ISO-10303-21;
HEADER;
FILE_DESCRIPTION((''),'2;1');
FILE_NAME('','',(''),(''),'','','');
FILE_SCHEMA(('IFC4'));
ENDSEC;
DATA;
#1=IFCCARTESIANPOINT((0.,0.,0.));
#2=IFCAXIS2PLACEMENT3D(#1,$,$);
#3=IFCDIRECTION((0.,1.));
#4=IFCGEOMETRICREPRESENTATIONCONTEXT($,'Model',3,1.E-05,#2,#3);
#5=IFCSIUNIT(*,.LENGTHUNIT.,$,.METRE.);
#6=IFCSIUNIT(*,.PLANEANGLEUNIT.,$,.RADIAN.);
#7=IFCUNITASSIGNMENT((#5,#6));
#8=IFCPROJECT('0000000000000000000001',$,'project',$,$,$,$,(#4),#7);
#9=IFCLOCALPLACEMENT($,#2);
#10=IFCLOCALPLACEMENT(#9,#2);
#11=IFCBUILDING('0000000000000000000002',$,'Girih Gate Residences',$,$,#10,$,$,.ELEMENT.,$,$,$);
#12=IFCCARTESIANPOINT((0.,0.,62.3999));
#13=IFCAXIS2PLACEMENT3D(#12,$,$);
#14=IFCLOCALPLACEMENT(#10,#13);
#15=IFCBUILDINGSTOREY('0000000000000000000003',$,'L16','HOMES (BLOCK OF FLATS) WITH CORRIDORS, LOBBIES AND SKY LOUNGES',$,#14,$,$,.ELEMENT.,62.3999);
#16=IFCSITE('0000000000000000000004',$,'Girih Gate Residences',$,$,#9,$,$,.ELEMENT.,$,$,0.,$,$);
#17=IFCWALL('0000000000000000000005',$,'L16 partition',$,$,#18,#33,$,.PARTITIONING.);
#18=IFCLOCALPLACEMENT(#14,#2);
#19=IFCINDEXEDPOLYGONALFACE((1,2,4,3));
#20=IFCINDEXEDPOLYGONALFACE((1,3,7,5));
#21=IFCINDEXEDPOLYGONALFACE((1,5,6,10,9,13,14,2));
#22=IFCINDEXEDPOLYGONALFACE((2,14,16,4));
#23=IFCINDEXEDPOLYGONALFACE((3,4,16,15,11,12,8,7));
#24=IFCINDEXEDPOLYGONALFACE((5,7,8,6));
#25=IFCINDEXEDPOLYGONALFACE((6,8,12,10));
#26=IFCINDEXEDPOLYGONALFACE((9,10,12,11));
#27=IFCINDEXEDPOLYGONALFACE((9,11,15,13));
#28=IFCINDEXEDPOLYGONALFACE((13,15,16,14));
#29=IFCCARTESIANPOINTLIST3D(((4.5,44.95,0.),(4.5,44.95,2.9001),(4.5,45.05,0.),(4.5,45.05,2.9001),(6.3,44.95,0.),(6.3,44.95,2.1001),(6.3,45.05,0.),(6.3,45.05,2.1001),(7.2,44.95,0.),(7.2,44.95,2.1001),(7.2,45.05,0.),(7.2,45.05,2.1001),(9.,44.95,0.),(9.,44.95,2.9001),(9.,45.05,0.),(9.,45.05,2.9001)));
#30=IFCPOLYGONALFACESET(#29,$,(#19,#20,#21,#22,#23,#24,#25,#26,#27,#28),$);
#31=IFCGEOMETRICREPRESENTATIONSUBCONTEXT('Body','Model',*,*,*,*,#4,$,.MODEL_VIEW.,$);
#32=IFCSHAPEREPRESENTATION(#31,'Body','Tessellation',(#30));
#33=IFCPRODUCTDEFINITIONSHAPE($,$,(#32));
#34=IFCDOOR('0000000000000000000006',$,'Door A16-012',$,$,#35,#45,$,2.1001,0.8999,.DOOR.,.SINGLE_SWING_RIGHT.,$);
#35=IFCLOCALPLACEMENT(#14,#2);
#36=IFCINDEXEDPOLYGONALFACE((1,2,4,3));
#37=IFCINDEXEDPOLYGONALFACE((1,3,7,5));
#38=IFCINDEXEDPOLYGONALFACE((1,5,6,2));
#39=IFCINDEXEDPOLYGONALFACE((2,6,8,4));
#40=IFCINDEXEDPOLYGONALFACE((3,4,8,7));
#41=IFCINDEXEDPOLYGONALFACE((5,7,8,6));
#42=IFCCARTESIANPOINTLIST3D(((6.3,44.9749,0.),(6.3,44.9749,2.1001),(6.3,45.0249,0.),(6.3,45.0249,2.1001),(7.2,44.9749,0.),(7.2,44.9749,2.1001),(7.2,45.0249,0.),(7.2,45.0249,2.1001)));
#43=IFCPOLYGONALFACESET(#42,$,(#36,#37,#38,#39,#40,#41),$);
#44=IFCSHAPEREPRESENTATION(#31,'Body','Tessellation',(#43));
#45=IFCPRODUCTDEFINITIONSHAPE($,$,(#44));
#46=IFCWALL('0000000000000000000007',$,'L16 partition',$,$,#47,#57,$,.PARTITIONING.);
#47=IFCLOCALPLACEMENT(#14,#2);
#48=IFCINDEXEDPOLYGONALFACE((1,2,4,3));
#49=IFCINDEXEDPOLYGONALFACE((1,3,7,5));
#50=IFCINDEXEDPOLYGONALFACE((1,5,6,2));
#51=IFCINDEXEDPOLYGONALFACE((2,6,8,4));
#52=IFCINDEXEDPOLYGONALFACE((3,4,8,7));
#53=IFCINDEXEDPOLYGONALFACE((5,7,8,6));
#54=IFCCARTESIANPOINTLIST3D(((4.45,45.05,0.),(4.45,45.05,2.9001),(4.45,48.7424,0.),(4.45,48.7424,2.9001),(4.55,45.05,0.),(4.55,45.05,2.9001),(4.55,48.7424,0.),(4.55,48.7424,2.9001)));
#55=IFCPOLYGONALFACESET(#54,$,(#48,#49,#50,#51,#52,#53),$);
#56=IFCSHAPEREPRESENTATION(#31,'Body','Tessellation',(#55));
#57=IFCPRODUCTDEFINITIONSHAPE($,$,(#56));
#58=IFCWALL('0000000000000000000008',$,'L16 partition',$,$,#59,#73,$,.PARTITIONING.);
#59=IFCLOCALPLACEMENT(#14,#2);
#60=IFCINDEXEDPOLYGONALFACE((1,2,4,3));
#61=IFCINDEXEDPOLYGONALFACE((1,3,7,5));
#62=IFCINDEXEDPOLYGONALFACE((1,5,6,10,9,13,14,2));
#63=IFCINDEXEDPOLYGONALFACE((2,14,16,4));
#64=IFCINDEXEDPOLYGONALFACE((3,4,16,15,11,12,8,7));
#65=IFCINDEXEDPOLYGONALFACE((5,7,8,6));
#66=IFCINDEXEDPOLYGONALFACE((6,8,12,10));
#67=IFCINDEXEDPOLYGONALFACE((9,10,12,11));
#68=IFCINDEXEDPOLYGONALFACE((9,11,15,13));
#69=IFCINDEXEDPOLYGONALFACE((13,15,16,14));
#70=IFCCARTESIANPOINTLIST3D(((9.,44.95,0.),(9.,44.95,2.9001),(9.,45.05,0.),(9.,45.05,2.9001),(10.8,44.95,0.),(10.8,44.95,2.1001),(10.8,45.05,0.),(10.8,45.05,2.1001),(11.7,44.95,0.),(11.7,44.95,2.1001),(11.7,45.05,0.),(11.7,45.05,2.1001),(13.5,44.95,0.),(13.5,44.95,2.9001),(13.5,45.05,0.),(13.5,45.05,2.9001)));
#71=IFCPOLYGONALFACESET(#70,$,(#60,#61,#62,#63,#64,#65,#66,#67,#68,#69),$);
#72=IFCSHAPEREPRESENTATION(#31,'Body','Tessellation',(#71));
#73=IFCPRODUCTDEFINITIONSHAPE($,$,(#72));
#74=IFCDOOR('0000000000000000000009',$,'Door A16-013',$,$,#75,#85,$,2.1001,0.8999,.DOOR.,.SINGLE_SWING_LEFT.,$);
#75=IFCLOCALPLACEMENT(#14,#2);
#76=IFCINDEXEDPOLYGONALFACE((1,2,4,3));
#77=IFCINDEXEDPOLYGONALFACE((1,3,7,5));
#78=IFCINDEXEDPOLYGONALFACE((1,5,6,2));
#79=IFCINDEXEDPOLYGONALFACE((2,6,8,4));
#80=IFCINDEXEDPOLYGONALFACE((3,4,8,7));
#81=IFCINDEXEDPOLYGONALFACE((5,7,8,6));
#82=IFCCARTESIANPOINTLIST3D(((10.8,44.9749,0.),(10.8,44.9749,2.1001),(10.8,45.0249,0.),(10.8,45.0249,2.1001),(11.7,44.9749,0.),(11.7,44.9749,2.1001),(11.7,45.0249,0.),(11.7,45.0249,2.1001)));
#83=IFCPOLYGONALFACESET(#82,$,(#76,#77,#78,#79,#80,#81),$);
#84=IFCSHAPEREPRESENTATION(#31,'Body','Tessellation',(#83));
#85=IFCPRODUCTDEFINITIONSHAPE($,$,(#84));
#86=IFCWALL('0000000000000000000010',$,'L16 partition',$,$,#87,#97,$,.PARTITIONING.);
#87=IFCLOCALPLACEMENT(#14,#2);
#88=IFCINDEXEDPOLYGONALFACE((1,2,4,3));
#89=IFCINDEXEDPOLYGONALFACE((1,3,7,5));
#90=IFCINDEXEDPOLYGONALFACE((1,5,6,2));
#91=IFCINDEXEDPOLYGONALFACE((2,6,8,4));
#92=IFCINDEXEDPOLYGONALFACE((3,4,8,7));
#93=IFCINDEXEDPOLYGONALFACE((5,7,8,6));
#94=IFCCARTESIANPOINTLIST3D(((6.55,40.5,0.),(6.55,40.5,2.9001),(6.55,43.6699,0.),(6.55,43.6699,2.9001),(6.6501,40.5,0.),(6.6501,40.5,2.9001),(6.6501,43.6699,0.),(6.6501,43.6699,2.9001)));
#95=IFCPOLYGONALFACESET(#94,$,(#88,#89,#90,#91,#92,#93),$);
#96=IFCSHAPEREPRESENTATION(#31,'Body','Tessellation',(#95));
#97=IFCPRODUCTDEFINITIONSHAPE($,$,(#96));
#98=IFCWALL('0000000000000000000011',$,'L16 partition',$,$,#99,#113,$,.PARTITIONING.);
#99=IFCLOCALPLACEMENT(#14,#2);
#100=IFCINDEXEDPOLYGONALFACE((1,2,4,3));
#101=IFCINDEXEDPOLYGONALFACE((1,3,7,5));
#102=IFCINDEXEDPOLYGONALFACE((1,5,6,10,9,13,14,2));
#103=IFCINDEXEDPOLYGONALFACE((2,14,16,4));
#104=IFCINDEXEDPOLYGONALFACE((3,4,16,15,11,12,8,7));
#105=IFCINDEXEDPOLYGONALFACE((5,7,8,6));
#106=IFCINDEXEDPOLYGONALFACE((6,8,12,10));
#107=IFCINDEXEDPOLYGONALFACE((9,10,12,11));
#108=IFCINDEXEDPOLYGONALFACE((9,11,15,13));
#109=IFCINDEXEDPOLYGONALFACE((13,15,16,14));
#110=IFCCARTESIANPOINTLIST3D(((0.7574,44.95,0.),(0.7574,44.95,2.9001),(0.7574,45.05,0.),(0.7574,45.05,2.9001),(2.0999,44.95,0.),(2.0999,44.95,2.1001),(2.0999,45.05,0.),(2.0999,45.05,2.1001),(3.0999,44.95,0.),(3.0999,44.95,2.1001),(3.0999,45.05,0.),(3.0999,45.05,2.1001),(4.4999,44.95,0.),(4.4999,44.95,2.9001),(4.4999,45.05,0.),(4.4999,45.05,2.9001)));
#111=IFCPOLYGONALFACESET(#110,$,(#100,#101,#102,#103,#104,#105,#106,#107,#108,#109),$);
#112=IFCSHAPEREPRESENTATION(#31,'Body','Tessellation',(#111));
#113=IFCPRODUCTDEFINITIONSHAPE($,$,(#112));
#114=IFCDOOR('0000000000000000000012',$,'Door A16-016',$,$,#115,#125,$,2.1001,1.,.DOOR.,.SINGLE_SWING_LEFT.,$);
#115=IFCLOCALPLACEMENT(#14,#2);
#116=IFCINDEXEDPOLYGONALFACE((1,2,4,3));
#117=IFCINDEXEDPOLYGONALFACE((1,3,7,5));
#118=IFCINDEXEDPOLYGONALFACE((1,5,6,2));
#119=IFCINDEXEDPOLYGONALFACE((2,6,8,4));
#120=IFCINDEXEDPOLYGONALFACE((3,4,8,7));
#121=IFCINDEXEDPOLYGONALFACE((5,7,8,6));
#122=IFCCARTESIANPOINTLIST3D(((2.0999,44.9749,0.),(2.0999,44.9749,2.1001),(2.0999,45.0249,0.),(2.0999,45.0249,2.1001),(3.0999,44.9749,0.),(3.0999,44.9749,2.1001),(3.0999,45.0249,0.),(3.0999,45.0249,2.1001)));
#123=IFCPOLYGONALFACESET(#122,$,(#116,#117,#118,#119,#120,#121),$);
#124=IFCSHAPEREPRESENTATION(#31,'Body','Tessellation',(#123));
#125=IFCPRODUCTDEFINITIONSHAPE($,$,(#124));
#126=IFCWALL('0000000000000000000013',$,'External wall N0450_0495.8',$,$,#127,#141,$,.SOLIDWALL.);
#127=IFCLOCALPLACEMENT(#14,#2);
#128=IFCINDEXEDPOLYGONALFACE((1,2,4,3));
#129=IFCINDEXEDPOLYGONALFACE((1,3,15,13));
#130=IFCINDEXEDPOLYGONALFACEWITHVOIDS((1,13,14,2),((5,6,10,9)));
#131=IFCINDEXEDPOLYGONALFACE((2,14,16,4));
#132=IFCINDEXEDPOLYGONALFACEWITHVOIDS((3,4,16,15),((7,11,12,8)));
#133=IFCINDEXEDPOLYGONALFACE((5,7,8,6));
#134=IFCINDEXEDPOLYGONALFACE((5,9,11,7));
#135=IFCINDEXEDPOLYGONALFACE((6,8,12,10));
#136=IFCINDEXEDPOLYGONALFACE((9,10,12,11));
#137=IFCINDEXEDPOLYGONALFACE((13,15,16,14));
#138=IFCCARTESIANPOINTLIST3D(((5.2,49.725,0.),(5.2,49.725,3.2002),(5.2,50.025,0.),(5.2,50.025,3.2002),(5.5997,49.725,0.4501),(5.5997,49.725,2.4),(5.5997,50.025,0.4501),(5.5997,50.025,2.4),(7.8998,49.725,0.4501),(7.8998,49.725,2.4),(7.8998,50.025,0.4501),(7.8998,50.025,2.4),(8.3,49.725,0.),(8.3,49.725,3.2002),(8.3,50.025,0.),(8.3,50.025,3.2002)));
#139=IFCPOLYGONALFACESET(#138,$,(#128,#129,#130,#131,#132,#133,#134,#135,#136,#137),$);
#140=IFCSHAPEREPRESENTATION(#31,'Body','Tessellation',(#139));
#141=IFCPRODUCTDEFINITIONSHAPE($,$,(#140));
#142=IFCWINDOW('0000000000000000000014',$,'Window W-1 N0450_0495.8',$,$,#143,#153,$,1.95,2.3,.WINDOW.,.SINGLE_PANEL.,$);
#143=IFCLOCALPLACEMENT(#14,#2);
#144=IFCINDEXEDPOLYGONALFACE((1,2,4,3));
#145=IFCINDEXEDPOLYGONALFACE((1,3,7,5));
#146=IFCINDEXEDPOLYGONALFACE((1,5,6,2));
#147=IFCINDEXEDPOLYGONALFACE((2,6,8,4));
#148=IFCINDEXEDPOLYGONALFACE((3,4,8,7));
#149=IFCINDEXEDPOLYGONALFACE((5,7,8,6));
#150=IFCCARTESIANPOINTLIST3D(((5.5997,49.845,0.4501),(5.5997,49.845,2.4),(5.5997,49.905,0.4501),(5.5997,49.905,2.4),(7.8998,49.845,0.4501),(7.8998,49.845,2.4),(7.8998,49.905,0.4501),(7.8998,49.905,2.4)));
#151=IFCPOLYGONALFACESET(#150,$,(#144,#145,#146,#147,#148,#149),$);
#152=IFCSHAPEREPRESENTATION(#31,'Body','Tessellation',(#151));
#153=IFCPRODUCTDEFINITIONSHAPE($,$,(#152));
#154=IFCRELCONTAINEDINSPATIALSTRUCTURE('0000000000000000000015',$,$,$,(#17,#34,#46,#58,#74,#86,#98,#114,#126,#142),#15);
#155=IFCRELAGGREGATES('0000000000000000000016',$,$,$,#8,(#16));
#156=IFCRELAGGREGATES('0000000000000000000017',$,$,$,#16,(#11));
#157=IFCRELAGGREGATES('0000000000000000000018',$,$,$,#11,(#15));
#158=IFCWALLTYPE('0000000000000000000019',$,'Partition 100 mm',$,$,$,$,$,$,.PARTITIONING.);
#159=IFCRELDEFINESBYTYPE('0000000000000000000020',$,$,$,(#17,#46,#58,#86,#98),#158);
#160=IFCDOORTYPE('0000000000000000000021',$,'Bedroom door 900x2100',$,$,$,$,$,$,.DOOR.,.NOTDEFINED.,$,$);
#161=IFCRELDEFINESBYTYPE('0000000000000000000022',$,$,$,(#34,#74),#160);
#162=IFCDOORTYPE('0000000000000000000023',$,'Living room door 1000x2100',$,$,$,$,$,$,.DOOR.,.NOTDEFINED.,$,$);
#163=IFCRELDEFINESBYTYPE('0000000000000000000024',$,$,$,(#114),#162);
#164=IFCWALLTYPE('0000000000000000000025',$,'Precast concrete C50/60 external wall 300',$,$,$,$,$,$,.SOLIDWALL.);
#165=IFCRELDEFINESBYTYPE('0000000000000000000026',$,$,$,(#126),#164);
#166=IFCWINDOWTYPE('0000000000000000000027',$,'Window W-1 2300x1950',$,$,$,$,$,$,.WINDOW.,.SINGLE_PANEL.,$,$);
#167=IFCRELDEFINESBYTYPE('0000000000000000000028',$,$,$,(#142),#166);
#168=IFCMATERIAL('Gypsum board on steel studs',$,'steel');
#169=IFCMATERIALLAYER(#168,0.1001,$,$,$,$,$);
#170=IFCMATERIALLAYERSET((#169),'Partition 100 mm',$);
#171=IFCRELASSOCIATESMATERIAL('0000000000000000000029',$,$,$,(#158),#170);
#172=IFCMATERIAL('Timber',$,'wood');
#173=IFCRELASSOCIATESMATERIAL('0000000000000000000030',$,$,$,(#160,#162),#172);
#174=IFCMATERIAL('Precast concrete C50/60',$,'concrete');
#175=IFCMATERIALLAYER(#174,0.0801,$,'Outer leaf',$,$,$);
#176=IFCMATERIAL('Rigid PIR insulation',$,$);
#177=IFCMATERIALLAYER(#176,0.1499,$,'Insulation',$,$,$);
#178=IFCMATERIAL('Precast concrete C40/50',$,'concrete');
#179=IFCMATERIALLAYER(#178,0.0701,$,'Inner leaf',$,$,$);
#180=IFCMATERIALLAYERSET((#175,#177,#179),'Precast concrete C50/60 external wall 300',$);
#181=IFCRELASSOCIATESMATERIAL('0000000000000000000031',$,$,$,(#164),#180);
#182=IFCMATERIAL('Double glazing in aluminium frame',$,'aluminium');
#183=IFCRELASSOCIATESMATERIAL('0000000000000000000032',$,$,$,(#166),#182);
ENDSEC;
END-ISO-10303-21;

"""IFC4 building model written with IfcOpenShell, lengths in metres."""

from ifc_helpers import new_model, si_unit, direction, frame, frame_2d, origin, place, context, subcontext, project, spatial, rectangle, extrude, material, layer, layer_set, type_object, element, fill, save


model = new_model("IFC4")

# Units and contexts
model_context = context("Model", 3, precision=1e-05, world=origin(), true_north=direction((0.0, 1.0)))
body_context = subcontext(model_context, "Body", "Model", "MODEL_VIEW")
ifc_project = project(units=[si_unit("LENGTHUNIT", "METRE"), si_unit("PLANEANGLEUNIT", "RADIAN")], contexts=[model_context])

# Site, building, storey
site_placement = place(None, origin())
site = spatial("IfcSite", under=ifc_project, at=site_placement, Name="Girih Gate Residences", CompositionType="ELEMENT", RefElevation=0.0)
building_placement = place(site_placement, origin())
building = spatial("IfcBuilding", under=site, at=building_placement, Name="Girih Gate Residences", CompositionType="ELEMENT")
storey_placement = place(building_placement, frame((0.0, 0.0, 62.3999)))
storey = spatial("IfcBuildingStorey", under=building, at=storey_placement, Name="L16", Description="HOMES (BLOCK OF FLATS) WITH CORRIDORS, LOBBIES AND SKY LOUNGES", CompositionType="ELEMENT", Elevation=62.3999)

# Shared definitions
ifc_material_1 = material(Name="Gypsum board on steel studs", Category="steel")

# Shared definitions
ifc_layer_1 = layer(ifc_material_1, 0.1001)
ifc_layer_set_1 = layer_set([ifc_layer_1], Name="Partition 100 mm")
wall_type_1 = type_object("IfcWallType", Name="Partition 100 mm", PredefinedType="PARTITIONING", material=ifc_layer_set_1)

# Wall, opening, door
wall_1_placement = place(storey_placement, frame((4.5, 45.0, 0.0), z_axis=(0.0, 0.0, 1.0), x_axis=(1.0, 0.0, 0.0)))
wall_1 = element("IfcWall", 1, at=wall_1_placement, inside=storey, type_object=wall_type_1, Name="L16 partition", PredefinedType="PARTITIONING", context=body_context, shape_type="SweptSolid", body=[
    extrude(rectangle(XDim=4.5, YDim=0.1001, at=frame_2d((2.25, 0.0))), origin(), (0.0, 0.0, 1.0), 2.9001),
])
opening_1_placement = place(wall_1_placement, frame((1.8, 0.0, 0.0)))
opening_1 = element("IfcOpeningElement", 2, at=opening_1_placement, cuts=wall_1, PredefinedType="OPENING", context=body_context, shape_type="SweptSolid", body=[
    extrude(rectangle(XDim=0.8999, YDim=2.1001, at=frame_2d((0.45, 1.05))), frame((0.0, 0.0601, 0.0), z_axis=(0.0, -1.0, 0.0), x_axis=(1.0, 0.0, 0.0)), (0.0, 0.0, 1.0), 0.1201),
])
ifc_material_2 = material(Name="Timber", Category="wood")
door_type_1 = type_object("IfcDoorType", Name="Bedroom door 900x2100", OperationType="NOTDEFINED", PredefinedType="DOOR", material=ifc_material_2)
door_1_placement = place(opening_1_placement, origin())
door_1 = element("IfcDoor", 3, at=door_1_placement, inside=storey, type_object=door_type_1, Name="Door A16-012", OperationType="SINGLE_SWING_RIGHT", OverallHeight=2.1001, OverallWidth=0.8999, PredefinedType="DOOR", context=body_context, shape_type="SweptSolid", body=[
    extrude(rectangle(XDim=0.8999, YDim=2.1001, at=frame_2d((0.45, 1.05))), frame((0.0, 0.0249, 0.0), z_axis=(0.0, -1.0, 0.0), x_axis=(1.0, 0.0, 0.0)), (0.0, 0.0, 1.0), 0.05),
])
fill(opening_1, door_1)

# Wall
wall_2_placement = place(storey_placement, frame((4.5, 45.05, 0.0), z_axis=(0.0, 0.0, 1.0), x_axis=(0.0, 1.0, 0.0)))
element("IfcWall", 4, at=wall_2_placement, inside=storey, type_object=wall_type_1, Name="L16 partition", PredefinedType="PARTITIONING", context=body_context, shape_type="SweptSolid", body=[
    extrude(rectangle(XDim=3.6924, YDim=0.1001, at=frame_2d((1.8462, 0.0))), origin(), (0.0, 0.0, 1.0), 2.9001),
])

# Wall, opening, door
wall_3_placement = place(storey_placement, frame((9.0, 45.0, 0.0), z_axis=(0.0, 0.0, 1.0), x_axis=(1.0, 0.0, 0.0)))
wall_3 = element("IfcWall", 5, at=wall_3_placement, inside=storey, type_object=wall_type_1, Name="L16 partition", PredefinedType="PARTITIONING", context=body_context, shape_type="SweptSolid", body=[
    extrude(rectangle(XDim=4.5, YDim=0.1001, at=frame_2d((2.25, 0.0))), origin(), (0.0, 0.0, 1.0), 2.9001),
])
opening_2_placement = place(wall_3_placement, frame((1.8, 0.0, 0.0)))
opening_2 = element("IfcOpeningElement", 6, at=opening_2_placement, cuts=wall_3, PredefinedType="OPENING", context=body_context, shape_type="SweptSolid", body=[
    extrude(rectangle(XDim=0.8999, YDim=2.1001, at=frame_2d((0.45, 1.05))), frame((0.0, 0.0601, 0.0), z_axis=(0.0, -1.0, 0.0), x_axis=(1.0, 0.0, 0.0)), (0.0, 0.0, 1.0), 0.1201),
])
door_2_placement = place(opening_2_placement, origin())
door_2 = element("IfcDoor", 7, at=door_2_placement, inside=storey, type_object=door_type_1, Name="Door A16-013", OperationType="SINGLE_SWING_LEFT", OverallHeight=2.1001, OverallWidth=0.8999, PredefinedType="DOOR", context=body_context, shape_type="SweptSolid", body=[
    extrude(rectangle(XDim=0.8999, YDim=2.1001, at=frame_2d((0.45, 1.05))), frame((0.0, 0.0249, 0.0), z_axis=(0.0, -1.0, 0.0), x_axis=(1.0, 0.0, 0.0)), (0.0, 0.0, 1.0), 0.05),
])
fill(opening_2, door_2)

# Wall
wall_4_placement = place(storey_placement, frame((6.6001, 40.5, 0.0), z_axis=(0.0, 0.0, 1.0), x_axis=(0.0, 1.0, 0.0)))
element("IfcWall", 8, at=wall_4_placement, inside=storey, type_object=wall_type_1, Name="L16 partition", PredefinedType="PARTITIONING", context=body_context, shape_type="SweptSolid", body=[
    extrude(rectangle(XDim=3.1699, YDim=0.1001, at=frame_2d((1.585, 0.0))), origin(), (0.0, 0.0, 1.0), 2.9001),
])

# Wall, opening, door
wall_5_placement = place(storey_placement, frame((0.7576, 45.0, 0.0), z_axis=(0.0, 0.0, 1.0), x_axis=(1.0, 0.0, 0.0)))
wall_5 = element("IfcWall", 9, at=wall_5_placement, inside=storey, type_object=wall_type_1, Name="L16 partition", PredefinedType="PARTITIONING", context=body_context, shape_type="SweptSolid", body=[
    extrude(rectangle(XDim=3.7424, YDim=0.1001, at=frame_2d((1.8711, 0.0))), origin(), (0.0, 0.0, 1.0), 2.9001),
])
opening_3_placement = place(wall_5_placement, frame((1.3423, 0.0, 0.0)))
opening_3 = element("IfcOpeningElement", 10, at=opening_3_placement, cuts=wall_5, PredefinedType="OPENING", context=body_context, shape_type="SweptSolid", body=[
    extrude(rectangle(XDim=1.0, YDim=2.1001, at=frame_2d((0.5, 1.05))), frame((0.0, 0.0601, 0.0), z_axis=(0.0, -1.0, 0.0), x_axis=(1.0, 0.0, 0.0)), (0.0, 0.0, 1.0), 0.1201),
])
door_type_2 = type_object("IfcDoorType", Name="Living room door 1000x2100", OperationType="NOTDEFINED", PredefinedType="DOOR", material=ifc_material_2)
door_3_placement = place(opening_3_placement, origin())
door_3 = element("IfcDoor", 11, at=door_3_placement, inside=storey, type_object=door_type_2, Name="Door A16-016", OperationType="SINGLE_SWING_LEFT", OverallHeight=2.1001, OverallWidth=1.0, PredefinedType="DOOR", context=body_context, shape_type="SweptSolid", body=[
    extrude(rectangle(XDim=1.0, YDim=2.1001, at=frame_2d((0.5, 1.05))), frame((0.0, 0.0249, 0.0), z_axis=(0.0, -1.0, 0.0), x_axis=(1.0, 0.0, 0.0)), (0.0, 0.0, 1.0), 0.05),
])
fill(opening_3, door_3)

# Wall, opening, window
ifc_material_3 = material(Name="Precast concrete C50/60", Category="concrete")
ifc_layer_2 = layer(ifc_material_3, 0.0801, Name="Outer leaf")
ifc_material_4 = material(Name="Rigid PIR insulation")
ifc_layer_3 = layer(ifc_material_4, 0.1499, Name="Insulation")
ifc_material_5 = material(Name="Precast concrete C40/50", Category="concrete")
ifc_layer_4 = layer(ifc_material_5, 0.0701, Name="Inner leaf")
ifc_layer_set_2 = layer_set([ifc_layer_2, ifc_layer_3, ifc_layer_4], Name="Precast concrete C50/60 external wall 300")
wall_type_2 = type_object("IfcWallType", Name="Precast concrete C50/60 external wall 300", PredefinedType="SOLIDWALL", material=ifc_layer_set_2)
wall_6_placement = place(storey_placement, frame((5.2, 49.875, 0.0), z_axis=(0.0, 0.0, 1.0), x_axis=(1.0, 0.0, 0.0)))
wall_6 = element("IfcWall", 12, at=wall_6_placement, inside=storey, type_object=wall_type_2, Name="External wall N0450_0495.8", PredefinedType="SOLIDWALL", context=body_context, shape_type="SweptSolid", body=[
    extrude(rectangle(XDim=3.1001, YDim=0.3, at=frame_2d((1.55, 0.0))), origin(), (0.0, 0.0, 1.0), 3.2002),
])
opening_4_placement = place(wall_6_placement, frame((0.3999, 0.0, 0.45)))
opening_4 = element("IfcOpeningElement", 13, at=opening_4_placement, cuts=wall_6, PredefinedType="OPENING", context=body_context, shape_type="SweptSolid", body=[
    extrude(rectangle(XDim=2.3, YDim=1.95, at=frame_2d((1.1499, 0.9751))), frame((0.0, 0.1599, 0.0), z_axis=(0.0, -1.0, 0.0), x_axis=(1.0, 0.0, 0.0)), (0.0, 0.0, 1.0), 0.3201),
])
ifc_material_6 = material(Name="Double glazing in aluminium frame", Category="aluminium")
window_type_1 = type_object("IfcWindowType", Name="Window W-1 2300x1950", PartitioningType="SINGLE_PANEL", PredefinedType="WINDOW", material=ifc_material_6)
window_1_placement = place(opening_4_placement, origin())
window_1 = element("IfcWindow", 14, at=window_1_placement, inside=storey, type_object=window_type_1, Name="Window W-1 N0450_0495.8", OverallHeight=1.95, OverallWidth=2.3, PartitioningType="SINGLE_PANEL", PredefinedType="WINDOW", context=body_context, shape_type="SweptSolid", body=[
    extrude(rectangle(XDim=2.3, YDim=1.95, at=frame_2d((1.1499, 0.9751))), frame((0.0, 0.03, 0.0), z_axis=(0.0, -1.0, 0.0), x_axis=(1.0, 0.0, 0.0)), (0.0, 0.0, 1.0), 0.0601),
])
fill(opening_4, window_1)

save(model, "model.ifc")
